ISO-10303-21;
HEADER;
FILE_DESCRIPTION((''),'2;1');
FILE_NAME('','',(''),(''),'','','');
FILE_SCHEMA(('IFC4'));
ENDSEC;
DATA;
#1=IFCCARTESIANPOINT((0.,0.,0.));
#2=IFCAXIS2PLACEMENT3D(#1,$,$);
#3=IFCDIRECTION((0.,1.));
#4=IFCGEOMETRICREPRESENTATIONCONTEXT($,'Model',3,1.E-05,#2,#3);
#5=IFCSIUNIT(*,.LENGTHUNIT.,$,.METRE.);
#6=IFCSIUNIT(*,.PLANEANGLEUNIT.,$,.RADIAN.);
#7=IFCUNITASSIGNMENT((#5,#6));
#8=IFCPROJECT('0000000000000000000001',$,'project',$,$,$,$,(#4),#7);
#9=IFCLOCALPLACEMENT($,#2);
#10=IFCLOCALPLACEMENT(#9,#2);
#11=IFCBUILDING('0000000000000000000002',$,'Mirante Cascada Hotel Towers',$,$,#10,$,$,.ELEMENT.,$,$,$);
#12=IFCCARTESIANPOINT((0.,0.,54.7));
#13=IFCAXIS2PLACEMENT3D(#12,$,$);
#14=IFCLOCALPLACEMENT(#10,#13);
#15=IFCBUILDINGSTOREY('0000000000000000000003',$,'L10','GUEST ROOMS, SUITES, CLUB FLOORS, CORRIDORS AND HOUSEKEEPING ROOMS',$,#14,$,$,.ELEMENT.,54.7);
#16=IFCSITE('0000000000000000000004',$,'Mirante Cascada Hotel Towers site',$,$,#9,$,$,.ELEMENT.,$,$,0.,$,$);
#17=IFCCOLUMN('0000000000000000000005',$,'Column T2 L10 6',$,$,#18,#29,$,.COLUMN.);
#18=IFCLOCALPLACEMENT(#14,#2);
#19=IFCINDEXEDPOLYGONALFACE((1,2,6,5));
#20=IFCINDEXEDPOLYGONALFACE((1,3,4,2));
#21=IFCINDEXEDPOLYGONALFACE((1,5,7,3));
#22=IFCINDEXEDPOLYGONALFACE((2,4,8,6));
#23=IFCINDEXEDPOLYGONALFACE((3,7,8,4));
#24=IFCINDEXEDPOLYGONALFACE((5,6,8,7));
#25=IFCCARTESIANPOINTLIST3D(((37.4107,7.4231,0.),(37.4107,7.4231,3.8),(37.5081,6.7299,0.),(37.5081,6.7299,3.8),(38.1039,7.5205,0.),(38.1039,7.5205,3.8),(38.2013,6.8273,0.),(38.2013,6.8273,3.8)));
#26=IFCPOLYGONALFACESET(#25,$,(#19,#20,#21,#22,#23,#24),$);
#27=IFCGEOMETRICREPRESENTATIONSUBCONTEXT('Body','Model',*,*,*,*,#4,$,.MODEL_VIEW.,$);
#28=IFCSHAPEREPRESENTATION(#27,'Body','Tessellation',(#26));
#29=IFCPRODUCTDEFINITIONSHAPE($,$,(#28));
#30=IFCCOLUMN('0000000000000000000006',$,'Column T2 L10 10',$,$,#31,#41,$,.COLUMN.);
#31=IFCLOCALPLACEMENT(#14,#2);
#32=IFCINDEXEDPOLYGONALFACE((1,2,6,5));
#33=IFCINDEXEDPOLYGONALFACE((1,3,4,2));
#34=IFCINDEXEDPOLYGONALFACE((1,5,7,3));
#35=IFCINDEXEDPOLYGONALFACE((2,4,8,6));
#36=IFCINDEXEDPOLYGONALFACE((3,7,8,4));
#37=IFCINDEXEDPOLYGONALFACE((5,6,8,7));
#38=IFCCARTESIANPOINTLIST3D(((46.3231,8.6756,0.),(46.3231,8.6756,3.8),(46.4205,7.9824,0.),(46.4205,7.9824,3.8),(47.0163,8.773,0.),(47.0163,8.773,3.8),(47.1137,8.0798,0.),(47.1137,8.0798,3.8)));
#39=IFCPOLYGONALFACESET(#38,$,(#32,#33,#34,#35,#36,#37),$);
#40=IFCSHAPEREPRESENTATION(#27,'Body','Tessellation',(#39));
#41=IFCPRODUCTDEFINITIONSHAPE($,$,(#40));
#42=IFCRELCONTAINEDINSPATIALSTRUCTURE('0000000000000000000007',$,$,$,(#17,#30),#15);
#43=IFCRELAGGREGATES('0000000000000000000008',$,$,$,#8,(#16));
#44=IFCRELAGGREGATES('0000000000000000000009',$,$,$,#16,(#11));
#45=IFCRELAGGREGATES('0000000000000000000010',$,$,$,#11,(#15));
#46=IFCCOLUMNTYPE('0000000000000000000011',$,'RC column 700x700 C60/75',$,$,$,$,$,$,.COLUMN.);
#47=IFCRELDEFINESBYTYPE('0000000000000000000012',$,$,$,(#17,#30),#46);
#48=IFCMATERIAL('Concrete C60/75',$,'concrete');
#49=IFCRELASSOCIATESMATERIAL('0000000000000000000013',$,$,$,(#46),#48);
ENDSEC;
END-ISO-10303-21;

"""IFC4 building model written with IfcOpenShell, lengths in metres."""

from ifc_helpers import new_model, si_unit, direction, frame, origin, origin_2d, place, context, subcontext, project, spatial, rectangle, extrude, material, material_profile, profile_set, type_object, element, save


model = new_model("IFC4")

# Units and contexts
model_context = context("Model", 3, precision=1e-05, world=origin(), true_north=direction((0.0, 1.0)))
body_context = subcontext(model_context, "Body", "Model", "MODEL_VIEW")
ifc_project = project(units=[si_unit("LENGTHUNIT", "METRE"), si_unit("PLANEANGLEUNIT", "RADIAN")], contexts=[model_context])

# Site, building, storey
site_placement = place(None, origin())
site = spatial("IfcSite", under=ifc_project, at=site_placement, Name="Mirante Cascada Hotel Towers site", CompositionType="ELEMENT", RefElevation=0.0)
building_placement = place(site_placement, origin())
building = spatial("IfcBuilding", under=site, at=building_placement, Name="Mirante Cascada Hotel Towers", CompositionType="ELEMENT")
storey_placement = place(building_placement, frame((0.0, 0.0, 54.7)))
storey = spatial("IfcBuildingStorey", under=building, at=storey_placement, Name="L10", Description="GUEST ROOMS, SUITES, CLUB FLOORS, CORRIDORS AND HOUSEKEEPING ROOMS", CompositionType="ELEMENT", Elevation=54.7)

# Columns
ifc_material_1 = material(Name="Concrete C60/75", Category="concrete")
ifc_material_profile = material_profile(ifc_material_1, rectangle(XDim=0.7, YDim=0.7, at=origin_2d()), Name="RC column 700x700 C60/75")
ifc_profile_set = profile_set([ifc_material_profile], Name="Concrete C60/75")
column_type = type_object("IfcColumnType", Name="RC column 700x700 C60/75", PredefinedType="COLUMN", material=ifc_profile_set)
for number, where, z_axis, x_axis, name in (
    (1, (37.806, 7.1252, 0.0), (0.0, 0.0, 1.0), (0.990268, 0.139173, 0.0), "Column T2 L10 6"),
    (2, (46.7184, 8.3777, 0.0), (0.0, 0.0, 1.0), (0.990268, 0.139173, 0.0), "Column T2 L10 10"),
):
    element("IfcColumn", number, at=place(storey_placement, frame(where, z_axis=z_axis, x_axis=x_axis)), inside=storey, type_object=column_type, Name=name, PredefinedType="COLUMN", context=body_context, shape_type="SweptSolid", body=[
        extrude(rectangle(XDim=0.7, YDim=0.7, at=origin_2d()), origin(), (0.0, 0.0, 1.0), 3.8),
    ])

save(model, "model.ifc")
